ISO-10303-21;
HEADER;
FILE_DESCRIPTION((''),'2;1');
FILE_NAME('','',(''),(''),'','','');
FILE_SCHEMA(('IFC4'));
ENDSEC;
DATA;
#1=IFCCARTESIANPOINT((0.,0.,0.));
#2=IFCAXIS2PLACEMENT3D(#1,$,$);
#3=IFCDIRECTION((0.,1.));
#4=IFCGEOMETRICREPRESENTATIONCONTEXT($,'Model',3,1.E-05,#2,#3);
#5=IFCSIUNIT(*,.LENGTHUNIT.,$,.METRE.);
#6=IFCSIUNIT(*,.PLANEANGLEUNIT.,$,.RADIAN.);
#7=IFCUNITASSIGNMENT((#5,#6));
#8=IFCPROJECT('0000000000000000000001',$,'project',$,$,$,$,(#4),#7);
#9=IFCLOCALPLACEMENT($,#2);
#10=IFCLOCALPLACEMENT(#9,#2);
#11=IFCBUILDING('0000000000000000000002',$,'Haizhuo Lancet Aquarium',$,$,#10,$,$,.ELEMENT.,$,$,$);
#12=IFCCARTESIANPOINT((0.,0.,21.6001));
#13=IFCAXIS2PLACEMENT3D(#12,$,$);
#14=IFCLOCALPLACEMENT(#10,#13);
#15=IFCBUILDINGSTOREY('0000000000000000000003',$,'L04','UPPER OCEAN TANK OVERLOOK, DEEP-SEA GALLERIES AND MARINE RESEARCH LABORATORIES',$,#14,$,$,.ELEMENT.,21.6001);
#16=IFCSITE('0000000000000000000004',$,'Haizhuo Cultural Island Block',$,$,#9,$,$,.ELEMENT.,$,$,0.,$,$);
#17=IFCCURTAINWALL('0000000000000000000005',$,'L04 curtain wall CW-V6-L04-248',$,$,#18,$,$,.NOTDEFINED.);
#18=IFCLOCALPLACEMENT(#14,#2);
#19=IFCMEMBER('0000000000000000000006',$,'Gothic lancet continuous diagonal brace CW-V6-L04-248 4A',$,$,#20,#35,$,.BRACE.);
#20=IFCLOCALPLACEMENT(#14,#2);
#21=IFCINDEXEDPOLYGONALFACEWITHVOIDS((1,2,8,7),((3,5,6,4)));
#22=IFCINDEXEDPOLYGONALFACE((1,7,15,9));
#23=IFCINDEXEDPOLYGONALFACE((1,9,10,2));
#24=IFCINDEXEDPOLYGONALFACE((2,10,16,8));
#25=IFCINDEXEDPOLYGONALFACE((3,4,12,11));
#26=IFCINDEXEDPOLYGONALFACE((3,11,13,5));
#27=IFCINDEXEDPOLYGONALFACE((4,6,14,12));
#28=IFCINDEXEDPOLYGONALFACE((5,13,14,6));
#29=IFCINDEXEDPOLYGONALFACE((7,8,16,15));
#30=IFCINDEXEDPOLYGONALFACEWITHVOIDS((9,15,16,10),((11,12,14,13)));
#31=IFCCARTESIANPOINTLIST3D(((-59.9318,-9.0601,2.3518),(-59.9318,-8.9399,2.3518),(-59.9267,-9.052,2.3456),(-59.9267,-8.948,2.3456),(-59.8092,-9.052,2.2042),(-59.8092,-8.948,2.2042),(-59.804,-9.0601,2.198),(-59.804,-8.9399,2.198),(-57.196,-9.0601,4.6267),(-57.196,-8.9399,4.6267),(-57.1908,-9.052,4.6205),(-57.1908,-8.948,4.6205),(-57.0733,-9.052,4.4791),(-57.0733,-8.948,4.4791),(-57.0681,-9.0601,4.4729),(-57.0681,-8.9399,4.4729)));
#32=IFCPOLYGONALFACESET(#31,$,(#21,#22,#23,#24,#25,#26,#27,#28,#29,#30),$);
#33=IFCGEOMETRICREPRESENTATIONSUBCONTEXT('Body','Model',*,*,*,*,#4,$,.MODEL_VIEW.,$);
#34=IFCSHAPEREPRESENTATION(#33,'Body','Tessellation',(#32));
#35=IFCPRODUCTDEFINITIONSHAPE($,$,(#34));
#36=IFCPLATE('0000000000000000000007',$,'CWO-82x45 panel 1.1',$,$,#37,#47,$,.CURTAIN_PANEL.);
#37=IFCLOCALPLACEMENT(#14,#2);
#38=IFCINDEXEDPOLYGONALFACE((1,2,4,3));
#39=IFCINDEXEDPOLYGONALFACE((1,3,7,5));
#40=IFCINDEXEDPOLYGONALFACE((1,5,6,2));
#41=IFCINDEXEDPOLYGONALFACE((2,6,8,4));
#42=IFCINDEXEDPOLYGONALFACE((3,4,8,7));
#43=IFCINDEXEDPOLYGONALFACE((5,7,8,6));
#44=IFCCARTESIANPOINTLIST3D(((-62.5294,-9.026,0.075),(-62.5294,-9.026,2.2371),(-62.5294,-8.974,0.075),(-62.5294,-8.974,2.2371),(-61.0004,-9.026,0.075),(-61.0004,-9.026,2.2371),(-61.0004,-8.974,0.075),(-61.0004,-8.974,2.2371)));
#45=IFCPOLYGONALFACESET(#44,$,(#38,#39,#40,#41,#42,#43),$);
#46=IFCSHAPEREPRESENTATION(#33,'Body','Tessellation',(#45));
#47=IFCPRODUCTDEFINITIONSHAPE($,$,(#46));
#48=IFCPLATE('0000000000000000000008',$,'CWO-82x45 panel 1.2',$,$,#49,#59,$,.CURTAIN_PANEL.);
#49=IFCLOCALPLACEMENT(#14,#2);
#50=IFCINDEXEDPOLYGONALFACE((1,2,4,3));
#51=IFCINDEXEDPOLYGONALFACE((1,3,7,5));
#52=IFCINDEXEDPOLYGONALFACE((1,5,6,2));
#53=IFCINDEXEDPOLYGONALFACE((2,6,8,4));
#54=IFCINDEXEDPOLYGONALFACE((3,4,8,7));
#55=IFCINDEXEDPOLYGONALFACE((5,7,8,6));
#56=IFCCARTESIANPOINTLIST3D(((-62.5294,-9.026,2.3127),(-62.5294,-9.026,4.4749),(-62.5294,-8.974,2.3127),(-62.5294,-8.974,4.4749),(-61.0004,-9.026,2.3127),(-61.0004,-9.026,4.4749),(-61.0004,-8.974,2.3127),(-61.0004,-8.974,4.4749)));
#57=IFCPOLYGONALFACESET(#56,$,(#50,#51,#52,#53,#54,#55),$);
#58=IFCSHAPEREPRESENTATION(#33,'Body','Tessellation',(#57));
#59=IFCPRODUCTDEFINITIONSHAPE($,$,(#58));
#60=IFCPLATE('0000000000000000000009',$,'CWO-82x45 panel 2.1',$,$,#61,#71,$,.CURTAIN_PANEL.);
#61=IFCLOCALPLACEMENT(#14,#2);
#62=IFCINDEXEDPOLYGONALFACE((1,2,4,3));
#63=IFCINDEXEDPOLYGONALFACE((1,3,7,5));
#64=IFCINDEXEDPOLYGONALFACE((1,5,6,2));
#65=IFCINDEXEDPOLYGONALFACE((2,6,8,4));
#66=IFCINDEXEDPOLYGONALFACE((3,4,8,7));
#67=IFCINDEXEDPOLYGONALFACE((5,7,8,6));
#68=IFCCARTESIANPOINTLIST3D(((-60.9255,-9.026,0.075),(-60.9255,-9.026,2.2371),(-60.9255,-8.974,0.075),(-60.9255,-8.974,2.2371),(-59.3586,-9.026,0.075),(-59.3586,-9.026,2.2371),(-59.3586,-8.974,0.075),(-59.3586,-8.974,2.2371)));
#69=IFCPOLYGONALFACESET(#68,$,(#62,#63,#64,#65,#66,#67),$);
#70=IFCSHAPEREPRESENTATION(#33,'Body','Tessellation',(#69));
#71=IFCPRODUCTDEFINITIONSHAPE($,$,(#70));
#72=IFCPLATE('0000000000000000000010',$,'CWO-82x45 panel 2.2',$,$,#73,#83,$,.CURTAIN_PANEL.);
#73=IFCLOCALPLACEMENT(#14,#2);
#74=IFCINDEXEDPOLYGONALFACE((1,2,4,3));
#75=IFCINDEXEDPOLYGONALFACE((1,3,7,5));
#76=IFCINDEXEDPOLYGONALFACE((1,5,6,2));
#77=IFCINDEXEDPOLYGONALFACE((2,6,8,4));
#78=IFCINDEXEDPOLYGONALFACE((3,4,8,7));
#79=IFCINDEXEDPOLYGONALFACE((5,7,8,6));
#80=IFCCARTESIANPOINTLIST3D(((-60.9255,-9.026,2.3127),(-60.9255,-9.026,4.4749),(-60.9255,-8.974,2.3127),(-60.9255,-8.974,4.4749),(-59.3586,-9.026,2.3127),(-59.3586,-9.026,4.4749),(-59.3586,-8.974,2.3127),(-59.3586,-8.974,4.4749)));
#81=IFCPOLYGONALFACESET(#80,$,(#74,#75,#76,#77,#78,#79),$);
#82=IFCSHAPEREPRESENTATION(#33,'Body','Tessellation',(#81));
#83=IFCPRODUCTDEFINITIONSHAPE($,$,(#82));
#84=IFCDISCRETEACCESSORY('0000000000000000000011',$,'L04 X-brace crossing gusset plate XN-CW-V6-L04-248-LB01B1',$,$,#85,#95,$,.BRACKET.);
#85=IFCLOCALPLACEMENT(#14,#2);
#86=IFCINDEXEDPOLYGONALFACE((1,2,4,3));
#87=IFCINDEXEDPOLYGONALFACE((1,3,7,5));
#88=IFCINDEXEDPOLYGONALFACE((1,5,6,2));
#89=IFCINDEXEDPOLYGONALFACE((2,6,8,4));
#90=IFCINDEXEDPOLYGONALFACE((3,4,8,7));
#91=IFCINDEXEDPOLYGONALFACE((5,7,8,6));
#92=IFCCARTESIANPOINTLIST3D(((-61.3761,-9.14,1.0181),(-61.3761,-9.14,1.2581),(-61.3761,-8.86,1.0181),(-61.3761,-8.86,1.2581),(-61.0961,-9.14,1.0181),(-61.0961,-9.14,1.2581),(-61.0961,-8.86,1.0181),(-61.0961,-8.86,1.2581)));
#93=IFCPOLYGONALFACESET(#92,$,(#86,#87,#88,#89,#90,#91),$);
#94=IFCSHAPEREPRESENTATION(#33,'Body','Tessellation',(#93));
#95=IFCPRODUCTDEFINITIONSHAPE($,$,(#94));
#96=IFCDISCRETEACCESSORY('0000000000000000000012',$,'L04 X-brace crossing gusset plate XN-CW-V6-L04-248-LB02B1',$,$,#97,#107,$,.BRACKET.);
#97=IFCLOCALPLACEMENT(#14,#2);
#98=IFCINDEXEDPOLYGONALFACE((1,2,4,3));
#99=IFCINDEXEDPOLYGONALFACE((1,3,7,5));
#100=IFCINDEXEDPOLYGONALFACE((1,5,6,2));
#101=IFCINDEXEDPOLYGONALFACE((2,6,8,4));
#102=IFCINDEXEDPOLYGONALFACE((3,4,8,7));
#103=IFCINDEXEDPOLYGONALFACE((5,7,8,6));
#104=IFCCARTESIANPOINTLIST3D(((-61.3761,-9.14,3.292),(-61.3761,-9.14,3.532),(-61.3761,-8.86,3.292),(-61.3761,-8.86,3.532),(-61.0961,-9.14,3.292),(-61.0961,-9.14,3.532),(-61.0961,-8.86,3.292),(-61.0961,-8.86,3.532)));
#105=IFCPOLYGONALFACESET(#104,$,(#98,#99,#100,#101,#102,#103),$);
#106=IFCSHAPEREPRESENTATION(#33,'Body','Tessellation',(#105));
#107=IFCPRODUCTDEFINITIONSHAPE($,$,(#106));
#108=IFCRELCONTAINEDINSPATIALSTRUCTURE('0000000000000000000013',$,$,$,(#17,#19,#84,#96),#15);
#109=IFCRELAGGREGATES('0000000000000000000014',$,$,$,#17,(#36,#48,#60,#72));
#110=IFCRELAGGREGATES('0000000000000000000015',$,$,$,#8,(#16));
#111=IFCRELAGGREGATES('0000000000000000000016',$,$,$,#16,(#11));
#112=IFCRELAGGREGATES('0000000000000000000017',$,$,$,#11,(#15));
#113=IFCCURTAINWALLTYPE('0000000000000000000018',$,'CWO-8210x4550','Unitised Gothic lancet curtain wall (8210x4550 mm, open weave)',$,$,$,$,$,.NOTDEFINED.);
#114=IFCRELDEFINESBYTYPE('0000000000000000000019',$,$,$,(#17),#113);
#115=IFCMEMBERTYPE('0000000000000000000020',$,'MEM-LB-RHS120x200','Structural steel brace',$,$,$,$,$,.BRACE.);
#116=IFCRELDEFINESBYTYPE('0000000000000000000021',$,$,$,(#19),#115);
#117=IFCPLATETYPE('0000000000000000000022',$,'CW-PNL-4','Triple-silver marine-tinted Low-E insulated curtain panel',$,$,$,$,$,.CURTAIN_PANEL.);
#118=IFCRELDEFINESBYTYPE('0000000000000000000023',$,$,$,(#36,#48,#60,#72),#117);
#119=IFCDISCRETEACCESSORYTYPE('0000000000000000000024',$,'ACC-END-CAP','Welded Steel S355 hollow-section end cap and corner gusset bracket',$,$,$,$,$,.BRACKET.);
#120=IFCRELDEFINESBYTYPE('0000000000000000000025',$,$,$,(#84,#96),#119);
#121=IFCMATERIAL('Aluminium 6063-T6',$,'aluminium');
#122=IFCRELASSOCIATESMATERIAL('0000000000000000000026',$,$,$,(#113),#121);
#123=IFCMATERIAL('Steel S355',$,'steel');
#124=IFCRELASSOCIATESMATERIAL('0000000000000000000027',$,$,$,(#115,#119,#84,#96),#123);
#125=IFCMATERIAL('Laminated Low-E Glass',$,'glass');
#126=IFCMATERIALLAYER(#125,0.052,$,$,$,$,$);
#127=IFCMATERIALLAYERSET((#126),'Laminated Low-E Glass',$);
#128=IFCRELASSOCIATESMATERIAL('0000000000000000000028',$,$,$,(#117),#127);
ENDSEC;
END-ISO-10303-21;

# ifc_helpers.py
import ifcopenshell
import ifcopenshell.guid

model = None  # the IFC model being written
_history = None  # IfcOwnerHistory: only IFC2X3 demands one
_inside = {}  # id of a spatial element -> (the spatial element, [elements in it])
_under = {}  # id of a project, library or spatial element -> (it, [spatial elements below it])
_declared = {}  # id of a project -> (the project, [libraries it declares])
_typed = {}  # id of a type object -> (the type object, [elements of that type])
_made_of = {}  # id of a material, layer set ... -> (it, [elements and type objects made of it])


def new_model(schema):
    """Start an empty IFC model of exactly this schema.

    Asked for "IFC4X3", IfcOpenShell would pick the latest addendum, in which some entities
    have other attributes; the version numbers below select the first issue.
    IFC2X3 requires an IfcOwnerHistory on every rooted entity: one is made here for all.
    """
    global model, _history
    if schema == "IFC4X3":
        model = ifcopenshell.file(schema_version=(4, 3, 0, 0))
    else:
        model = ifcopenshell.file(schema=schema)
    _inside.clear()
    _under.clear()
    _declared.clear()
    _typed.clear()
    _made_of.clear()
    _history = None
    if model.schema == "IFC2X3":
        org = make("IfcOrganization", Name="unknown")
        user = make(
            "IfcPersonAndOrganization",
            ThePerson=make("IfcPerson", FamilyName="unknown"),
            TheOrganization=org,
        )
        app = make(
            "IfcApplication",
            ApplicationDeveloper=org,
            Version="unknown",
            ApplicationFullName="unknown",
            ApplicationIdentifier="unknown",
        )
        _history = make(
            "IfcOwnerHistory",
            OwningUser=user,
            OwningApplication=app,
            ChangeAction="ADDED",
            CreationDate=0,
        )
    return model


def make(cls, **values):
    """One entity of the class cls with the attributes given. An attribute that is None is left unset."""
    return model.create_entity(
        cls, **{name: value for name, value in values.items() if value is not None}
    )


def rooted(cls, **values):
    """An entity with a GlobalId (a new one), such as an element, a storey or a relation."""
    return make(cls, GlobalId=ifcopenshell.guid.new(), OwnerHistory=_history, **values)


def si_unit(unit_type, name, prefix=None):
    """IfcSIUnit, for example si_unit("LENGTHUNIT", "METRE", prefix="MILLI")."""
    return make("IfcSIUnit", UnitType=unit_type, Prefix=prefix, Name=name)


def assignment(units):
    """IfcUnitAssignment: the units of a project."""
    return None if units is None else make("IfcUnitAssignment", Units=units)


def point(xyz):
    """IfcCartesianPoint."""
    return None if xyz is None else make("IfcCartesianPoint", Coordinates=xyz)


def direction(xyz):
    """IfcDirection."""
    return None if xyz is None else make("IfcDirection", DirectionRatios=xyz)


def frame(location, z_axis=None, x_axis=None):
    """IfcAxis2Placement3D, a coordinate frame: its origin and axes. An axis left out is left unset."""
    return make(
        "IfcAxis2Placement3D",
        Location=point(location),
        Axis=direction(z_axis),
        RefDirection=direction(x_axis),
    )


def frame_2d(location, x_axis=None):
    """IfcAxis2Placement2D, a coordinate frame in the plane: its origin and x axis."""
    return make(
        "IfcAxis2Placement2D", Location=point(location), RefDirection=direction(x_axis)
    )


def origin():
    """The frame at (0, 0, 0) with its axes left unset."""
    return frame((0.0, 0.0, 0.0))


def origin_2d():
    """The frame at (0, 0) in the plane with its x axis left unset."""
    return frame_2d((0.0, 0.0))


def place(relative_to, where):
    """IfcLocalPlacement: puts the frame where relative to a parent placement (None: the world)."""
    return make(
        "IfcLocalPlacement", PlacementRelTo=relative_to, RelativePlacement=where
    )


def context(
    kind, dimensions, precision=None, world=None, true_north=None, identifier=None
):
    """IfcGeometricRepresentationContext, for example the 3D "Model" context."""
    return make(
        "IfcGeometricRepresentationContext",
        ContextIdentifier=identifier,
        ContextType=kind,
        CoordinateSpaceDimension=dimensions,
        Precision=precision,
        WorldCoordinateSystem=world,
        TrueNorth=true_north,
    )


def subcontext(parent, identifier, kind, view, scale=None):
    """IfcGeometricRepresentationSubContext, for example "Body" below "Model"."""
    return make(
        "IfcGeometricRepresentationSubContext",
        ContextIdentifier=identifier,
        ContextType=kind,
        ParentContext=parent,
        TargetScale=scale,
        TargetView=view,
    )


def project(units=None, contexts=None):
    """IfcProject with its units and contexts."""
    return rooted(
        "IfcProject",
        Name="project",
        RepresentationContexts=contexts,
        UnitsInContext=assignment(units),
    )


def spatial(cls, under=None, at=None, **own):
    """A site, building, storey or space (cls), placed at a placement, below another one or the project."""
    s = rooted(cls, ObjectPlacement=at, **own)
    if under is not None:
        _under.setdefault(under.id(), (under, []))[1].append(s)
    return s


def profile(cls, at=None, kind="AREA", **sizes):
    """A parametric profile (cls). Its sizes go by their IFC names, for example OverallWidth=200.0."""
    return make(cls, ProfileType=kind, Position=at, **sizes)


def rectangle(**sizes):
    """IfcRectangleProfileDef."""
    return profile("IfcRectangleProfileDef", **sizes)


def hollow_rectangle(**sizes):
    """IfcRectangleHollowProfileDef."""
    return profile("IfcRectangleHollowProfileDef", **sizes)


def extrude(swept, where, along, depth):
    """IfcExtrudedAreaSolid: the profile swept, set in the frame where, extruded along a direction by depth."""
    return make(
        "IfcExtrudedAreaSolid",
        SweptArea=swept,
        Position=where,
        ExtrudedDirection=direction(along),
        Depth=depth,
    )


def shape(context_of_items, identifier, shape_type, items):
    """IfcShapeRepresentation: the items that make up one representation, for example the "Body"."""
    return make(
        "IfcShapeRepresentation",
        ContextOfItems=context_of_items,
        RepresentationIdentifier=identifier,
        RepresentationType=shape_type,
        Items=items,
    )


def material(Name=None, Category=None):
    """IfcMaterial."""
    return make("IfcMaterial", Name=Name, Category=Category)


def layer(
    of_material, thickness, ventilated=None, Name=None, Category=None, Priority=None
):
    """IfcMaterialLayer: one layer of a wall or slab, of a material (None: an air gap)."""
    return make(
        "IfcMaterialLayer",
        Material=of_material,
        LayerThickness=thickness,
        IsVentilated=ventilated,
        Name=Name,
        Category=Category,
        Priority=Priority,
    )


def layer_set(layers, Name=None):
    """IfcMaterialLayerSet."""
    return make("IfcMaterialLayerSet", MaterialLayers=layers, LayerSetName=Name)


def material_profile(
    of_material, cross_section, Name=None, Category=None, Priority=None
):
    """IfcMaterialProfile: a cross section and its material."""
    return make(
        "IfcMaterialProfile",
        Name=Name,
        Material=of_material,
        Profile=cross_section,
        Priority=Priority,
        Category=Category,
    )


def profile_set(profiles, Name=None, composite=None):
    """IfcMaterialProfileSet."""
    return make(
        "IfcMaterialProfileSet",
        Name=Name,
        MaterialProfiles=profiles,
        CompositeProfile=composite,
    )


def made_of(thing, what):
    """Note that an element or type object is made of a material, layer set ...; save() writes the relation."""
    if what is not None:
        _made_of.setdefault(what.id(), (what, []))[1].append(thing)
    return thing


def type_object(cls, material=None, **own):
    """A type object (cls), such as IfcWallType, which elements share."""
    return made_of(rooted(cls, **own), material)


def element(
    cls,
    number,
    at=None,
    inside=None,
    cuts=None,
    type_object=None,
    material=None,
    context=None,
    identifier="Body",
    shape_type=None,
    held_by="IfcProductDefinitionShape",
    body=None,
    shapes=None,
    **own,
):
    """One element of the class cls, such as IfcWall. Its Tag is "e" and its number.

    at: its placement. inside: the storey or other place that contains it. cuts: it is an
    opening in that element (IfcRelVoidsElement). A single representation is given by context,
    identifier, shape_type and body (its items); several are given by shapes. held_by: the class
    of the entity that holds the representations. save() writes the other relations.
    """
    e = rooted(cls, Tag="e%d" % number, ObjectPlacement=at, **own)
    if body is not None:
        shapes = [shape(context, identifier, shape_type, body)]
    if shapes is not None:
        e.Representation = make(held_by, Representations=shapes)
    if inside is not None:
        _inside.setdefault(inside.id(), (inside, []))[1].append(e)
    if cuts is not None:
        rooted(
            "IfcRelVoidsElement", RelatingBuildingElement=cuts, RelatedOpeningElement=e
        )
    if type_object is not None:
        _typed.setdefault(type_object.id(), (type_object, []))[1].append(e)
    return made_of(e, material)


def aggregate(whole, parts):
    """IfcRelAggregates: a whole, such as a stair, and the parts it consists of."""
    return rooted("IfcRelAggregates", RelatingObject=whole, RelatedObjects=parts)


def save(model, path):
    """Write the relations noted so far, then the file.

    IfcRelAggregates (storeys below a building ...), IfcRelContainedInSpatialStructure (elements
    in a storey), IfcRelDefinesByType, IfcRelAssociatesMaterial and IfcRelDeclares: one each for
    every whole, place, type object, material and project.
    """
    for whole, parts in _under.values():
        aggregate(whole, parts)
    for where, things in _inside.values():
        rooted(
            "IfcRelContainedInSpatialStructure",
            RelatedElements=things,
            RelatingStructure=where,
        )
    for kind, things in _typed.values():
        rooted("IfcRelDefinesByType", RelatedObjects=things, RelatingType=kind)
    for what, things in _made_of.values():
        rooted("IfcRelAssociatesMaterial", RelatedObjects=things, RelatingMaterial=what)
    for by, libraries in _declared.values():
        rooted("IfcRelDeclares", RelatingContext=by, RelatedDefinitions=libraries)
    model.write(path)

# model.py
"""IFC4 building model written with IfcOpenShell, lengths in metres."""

from ifc_helpers import new_model, si_unit, direction, frame, origin, origin_2d, place, context, subcontext, project, spatial, rectangle, hollow_rectangle, extrude, material, layer, layer_set, material_profile, profile_set, type_object, element, aggregate, save


model = new_model("IFC4")

# Units and contexts
model_context = context("Model", 3, precision=1e-05, world=origin(), true_north=direction((0.0, 1.0)))
body_context = subcontext(model_context, "Body", "Model", "MODEL_VIEW")
ifc_project = project(units=[si_unit("LENGTHUNIT", "METRE"), si_unit("PLANEANGLEUNIT", "RADIAN")], contexts=[model_context])

# Site, building, storey
site_placement = place(None, origin())
site = spatial("IfcSite", under=ifc_project, at=site_placement, Name="Haizhuo Cultural Island Block", CompositionType="ELEMENT", RefElevation=0.0)
building_placement = place(site_placement, origin())
building = spatial("IfcBuilding", under=site, at=building_placement, Name="Haizhuo Lancet Aquarium", CompositionType="ELEMENT")
storey_placement = place(building_placement, frame((0.0, 0.0, 21.6001)))
storey = spatial("IfcBuildingStorey", under=building, at=storey_placement, Name="L04", Description="UPPER OCEAN TANK OVERLOOK, DEEP-SEA GALLERIES AND MARINE RESEARCH LABORATORIES", CompositionType="ELEMENT", Elevation=21.6001)

# Shared definitions
ifc_material_1 = material(Name="Steel S355", Category="steel")

# Curtain wall
ifc_material_2 = material(Name="Aluminium 6063-T6", Category="aluminium")
curtain_wall_type = type_object("IfcCurtainWallType", Name="CWO-8210x4550", Description="Unitised Gothic lancet curtain wall (8210x4550 mm, open weave)", PredefinedType="NOTDEFINED", material=ifc_material_2)
curtain_wall_placement = place(storey_placement, origin())
curtain_wall = element("IfcCurtainWall", 1, at=curtain_wall_placement, inside=storey, type_object=curtain_wall_type, Name="L04 curtain wall CW-V6-L04-248", PredefinedType="NOTDEFINED")

# Member
ifc_material_profile_1 = material_profile(ifc_material_1, hollow_rectangle(XDim=0.1201, YDim=0.2, WallThickness=0.0081, at=origin_2d()), Name="RHS 120x200x8")
ifc_profile_set_1 = profile_set([ifc_material_profile_1], Name="Steel S355")
member_type_1 = type_object("IfcMemberType", Name="MEM-LB-RHS120x200", Description="Structural steel brace", PredefinedType="BRACE", material=ifc_profile_set_1)
for number, where, z_axis, x_axis, name in (
    (2, (-59.8679, -9.0, 2.2749), (0.768907, 0.0, 0.639361), (0.0, 1.0, 0.0), "Gothic lancet continuous diagonal brace CW-V6-L04-248 4A"),
):
    element("IfcMember", number, at=place(storey_placement, frame(where, z_axis=z_axis, x_axis=x_axis)), inside=storey, type_object=member_type_1, Name=name, PredefinedType="BRACE", context=body_context, shape_type="SweptSolid", body=[
        extrude(hollow_rectangle(XDim=0.1201, YDim=0.2, WallThickness=0.0081, at=origin_2d()), origin(), (0.0, 0.0, 1.0), 3.5581),
    ])

# Plates
ifc_material_3 = material(Name="Laminated Low-E Glass", Category="glass")
ifc_layer = layer(ifc_material_3, 0.052)
ifc_layer_set = layer_set([ifc_layer], Name="Laminated Low-E Glass")
plate_type = type_object("IfcPlateType", Name="CW-PNL-4", Description="Triple-silver marine-tinted Low-E insulated curtain panel", PredefinedType="CURTAIN_PANEL", material=ifc_layer_set)
plate_1_placement = place(storey_placement, frame((-61.7649, -9.0, 0.075), z_axis=(0.0, 0.0, 1.0), x_axis=(1.0, 0.0, 0.0)))
plate_1 = element("IfcPlate", 3, at=plate_1_placement, type_object=plate_type, Name="CWO-82x45 panel 1.1", PredefinedType="CURTAIN_PANEL", context=body_context, shape_type="SweptSolid", body=[
    extrude(rectangle(XDim=1.5291, YDim=0.052, at=origin_2d()), origin(), (0.0, 0.0, 1.0), 2.1621),
])
plate_2_placement = place(storey_placement, frame((-61.7649, -9.0, 2.3127), z_axis=(0.0, 0.0, 1.0), x_axis=(1.0, 0.0, 0.0)))
plate_2 = element("IfcPlate", 4, at=plate_2_placement, type_object=plate_type, Name="CWO-82x45 panel 1.2", PredefinedType="CURTAIN_PANEL", context=body_context, shape_type="SweptSolid", body=[
    extrude(rectangle(XDim=1.5291, YDim=0.052, at=origin_2d()), origin(), (0.0, 0.0, 1.0), 2.1621),
])
plate_3_placement = place(storey_placement, frame((-60.1421, -9.0, 0.075), z_axis=(0.0, 0.0, 1.0), x_axis=(1.0, 0.0, 0.0)))
plate_3 = element("IfcPlate", 5, at=plate_3_placement, type_object=plate_type, Name="CWO-82x45 panel 2.1", PredefinedType="CURTAIN_PANEL", context=body_context, shape_type="SweptSolid", body=[
    extrude(rectangle(XDim=1.5669, YDim=0.052, at=origin_2d()), origin(), (0.0, 0.0, 1.0), 2.1621),
])
plate_4_placement = place(storey_placement, frame((-60.1421, -9.0, 2.3127), z_axis=(0.0, 0.0, 1.0), x_axis=(1.0, 0.0, 0.0)))
plate_4 = element("IfcPlate", 6, at=plate_4_placement, type_object=plate_type, Name="CWO-82x45 panel 2.2", PredefinedType="CURTAIN_PANEL", context=body_context, shape_type="SweptSolid", body=[
    extrude(rectangle(XDim=1.5669, YDim=0.052, at=origin_2d()), origin(), (0.0, 0.0, 1.0), 2.1621),
])
aggregate(curtain_wall, [plate_1, plate_2, plate_3, plate_4])

# Discrete accessories
discrete_accessory_type = type_object("IfcDiscreteAccessoryType", Name="ACC-END-CAP", Description="Welded Steel S355 hollow-section end cap and corner gusset bracket", PredefinedType="BRACKET", material=ifc_material_1)
for number, where, z_axis, x_axis, name in (
    (7, (-61.2361, -9.0, 1.0181), (0.0, 0.0, 1.0), (1.0, 0.0, 0.0), "L04 X-brace crossing gusset plate XN-CW-V6-L04-248-LB01B1"),
    (8, (-61.2361, -9.0, 3.292), (0.0, 0.0, 1.0), (1.0, 0.0, 0.0), "L04 X-brace crossing gusset plate XN-CW-V6-L04-248-LB02B1"),
):
    element("IfcDiscreteAccessory", number, at=place(storey_placement, frame(where, z_axis=z_axis, x_axis=x_axis)), inside=storey, type_object=discrete_accessory_type, material=ifc_material_1, Name=name, PredefinedType="BRACKET", context=body_context, shape_type="SweptSolid", body=[
        extrude(rectangle(XDim=0.28, YDim=0.28, at=origin_2d()), origin(), (0.0, 0.0, 1.0), 0.24),
    ])

save(model, "model.ifc")
